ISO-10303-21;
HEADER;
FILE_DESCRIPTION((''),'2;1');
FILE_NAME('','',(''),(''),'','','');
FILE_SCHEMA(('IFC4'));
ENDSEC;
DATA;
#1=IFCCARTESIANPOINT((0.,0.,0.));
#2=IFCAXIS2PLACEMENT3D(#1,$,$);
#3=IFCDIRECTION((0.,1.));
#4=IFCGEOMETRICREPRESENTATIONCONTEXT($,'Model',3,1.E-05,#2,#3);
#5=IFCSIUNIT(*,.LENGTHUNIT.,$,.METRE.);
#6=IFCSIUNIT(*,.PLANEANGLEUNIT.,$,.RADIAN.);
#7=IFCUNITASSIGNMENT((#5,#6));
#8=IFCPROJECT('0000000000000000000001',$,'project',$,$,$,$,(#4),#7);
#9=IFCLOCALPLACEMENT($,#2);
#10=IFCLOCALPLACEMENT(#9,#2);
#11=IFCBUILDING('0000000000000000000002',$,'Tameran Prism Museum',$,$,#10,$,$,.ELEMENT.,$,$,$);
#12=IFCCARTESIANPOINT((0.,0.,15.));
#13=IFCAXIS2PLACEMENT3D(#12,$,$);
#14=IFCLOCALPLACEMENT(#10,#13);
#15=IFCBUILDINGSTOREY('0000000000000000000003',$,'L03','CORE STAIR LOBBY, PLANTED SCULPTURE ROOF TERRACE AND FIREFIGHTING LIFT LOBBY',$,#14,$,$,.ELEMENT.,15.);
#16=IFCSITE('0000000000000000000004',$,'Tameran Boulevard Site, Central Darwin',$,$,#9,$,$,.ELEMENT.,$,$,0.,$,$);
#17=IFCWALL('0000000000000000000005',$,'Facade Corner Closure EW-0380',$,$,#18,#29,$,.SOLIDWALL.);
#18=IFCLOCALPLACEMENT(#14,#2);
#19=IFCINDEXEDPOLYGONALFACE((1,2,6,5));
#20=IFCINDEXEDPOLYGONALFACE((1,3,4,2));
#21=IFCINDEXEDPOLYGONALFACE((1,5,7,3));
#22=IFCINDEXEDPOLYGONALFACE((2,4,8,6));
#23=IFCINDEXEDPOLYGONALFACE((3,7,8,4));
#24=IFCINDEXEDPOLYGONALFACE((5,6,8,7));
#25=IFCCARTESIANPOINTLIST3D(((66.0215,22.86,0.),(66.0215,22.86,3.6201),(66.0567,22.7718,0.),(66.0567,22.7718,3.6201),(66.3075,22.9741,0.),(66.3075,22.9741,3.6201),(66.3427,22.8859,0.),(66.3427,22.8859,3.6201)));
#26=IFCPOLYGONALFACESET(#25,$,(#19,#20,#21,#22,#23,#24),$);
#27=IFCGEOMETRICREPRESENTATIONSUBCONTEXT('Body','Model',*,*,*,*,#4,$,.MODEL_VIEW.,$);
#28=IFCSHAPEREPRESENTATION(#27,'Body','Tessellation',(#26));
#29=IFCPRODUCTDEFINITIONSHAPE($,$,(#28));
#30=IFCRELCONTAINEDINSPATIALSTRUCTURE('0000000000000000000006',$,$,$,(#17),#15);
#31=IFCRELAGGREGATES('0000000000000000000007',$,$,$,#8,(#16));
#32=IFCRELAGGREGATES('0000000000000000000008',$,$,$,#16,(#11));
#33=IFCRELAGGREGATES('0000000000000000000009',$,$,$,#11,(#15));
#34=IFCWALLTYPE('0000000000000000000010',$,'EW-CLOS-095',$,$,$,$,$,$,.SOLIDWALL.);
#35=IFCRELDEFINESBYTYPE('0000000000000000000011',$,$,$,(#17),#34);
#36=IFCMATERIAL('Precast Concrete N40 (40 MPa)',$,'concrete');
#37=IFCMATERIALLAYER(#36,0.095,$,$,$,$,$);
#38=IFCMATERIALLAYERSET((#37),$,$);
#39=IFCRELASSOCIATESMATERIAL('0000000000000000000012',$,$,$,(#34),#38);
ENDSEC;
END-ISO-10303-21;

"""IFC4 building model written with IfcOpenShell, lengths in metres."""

from ifc_helpers import new_model, si_unit, direction, frame, frame_2d, origin, place, context, subcontext, project, spatial, rectangle, extrude, material, layer, layer_set, type_object, element, save


model = new_model("IFC4")

# Units and contexts
model_context = context("Model", 3, precision=1e-05, world=origin(), true_north=direction((0.0, 1.0)))
body_context = subcontext(model_context, "Body", "Model", "MODEL_VIEW")
ifc_project = project(units=[si_unit("LENGTHUNIT", "METRE"), si_unit("PLANEANGLEUNIT", "RADIAN")], contexts=[model_context])

# Site, building, storey
site_placement = place(None, origin())
site = spatial("IfcSite", under=ifc_project, at=site_placement, Name="Tameran Boulevard Site, Central Darwin", CompositionType="ELEMENT", RefElevation=0.0)
building_placement = place(site_placement, origin())
building = spatial("IfcBuilding", under=site, at=building_placement, Name="Tameran Prism Museum", CompositionType="ELEMENT")
storey_placement = place(building_placement, frame((0.0, 0.0, 15.0)))
storey = spatial("IfcBuildingStorey", under=building, at=storey_placement, Name="L03", Description="CORE STAIR LOBBY, PLANTED SCULPTURE ROOF TERRACE AND FIREFIGHTING LIFT LOBBY", CompositionType="ELEMENT", Elevation=15.0)

# Wall
ifc_material_1 = material(Name="Precast Concrete N40 (40 MPa)", Category="concrete")
ifc_layer_1 = layer(ifc_material_1, 0.095)
ifc_layer_set_1 = layer_set([ifc_layer_1])
wall_type = type_object("IfcWallType", Name="EW-CLOS-095", PredefinedType="SOLIDWALL", material=ifc_layer_set_1)
wall_1_placement = place(storey_placement, frame((66.325, 22.9299, 0.0), z_axis=(0.0, 0.0, 1.0), x_axis=(-0.928859, -0.370433, 0.0)))
element("IfcWall", 1, at=wall_1_placement, inside=storey, type_object=wall_type, Name="Facade Corner Closure EW-0380", PredefinedType="SOLIDWALL", context=body_context, shape_type="SweptSolid", body=[
    extrude(rectangle(XDim=0.3079, YDim=0.095, at=frame_2d((0.1538, 0.0))), origin(), (0.0, 0.0, 1.0), 3.6201),
])

save(model, "model.ifc")
